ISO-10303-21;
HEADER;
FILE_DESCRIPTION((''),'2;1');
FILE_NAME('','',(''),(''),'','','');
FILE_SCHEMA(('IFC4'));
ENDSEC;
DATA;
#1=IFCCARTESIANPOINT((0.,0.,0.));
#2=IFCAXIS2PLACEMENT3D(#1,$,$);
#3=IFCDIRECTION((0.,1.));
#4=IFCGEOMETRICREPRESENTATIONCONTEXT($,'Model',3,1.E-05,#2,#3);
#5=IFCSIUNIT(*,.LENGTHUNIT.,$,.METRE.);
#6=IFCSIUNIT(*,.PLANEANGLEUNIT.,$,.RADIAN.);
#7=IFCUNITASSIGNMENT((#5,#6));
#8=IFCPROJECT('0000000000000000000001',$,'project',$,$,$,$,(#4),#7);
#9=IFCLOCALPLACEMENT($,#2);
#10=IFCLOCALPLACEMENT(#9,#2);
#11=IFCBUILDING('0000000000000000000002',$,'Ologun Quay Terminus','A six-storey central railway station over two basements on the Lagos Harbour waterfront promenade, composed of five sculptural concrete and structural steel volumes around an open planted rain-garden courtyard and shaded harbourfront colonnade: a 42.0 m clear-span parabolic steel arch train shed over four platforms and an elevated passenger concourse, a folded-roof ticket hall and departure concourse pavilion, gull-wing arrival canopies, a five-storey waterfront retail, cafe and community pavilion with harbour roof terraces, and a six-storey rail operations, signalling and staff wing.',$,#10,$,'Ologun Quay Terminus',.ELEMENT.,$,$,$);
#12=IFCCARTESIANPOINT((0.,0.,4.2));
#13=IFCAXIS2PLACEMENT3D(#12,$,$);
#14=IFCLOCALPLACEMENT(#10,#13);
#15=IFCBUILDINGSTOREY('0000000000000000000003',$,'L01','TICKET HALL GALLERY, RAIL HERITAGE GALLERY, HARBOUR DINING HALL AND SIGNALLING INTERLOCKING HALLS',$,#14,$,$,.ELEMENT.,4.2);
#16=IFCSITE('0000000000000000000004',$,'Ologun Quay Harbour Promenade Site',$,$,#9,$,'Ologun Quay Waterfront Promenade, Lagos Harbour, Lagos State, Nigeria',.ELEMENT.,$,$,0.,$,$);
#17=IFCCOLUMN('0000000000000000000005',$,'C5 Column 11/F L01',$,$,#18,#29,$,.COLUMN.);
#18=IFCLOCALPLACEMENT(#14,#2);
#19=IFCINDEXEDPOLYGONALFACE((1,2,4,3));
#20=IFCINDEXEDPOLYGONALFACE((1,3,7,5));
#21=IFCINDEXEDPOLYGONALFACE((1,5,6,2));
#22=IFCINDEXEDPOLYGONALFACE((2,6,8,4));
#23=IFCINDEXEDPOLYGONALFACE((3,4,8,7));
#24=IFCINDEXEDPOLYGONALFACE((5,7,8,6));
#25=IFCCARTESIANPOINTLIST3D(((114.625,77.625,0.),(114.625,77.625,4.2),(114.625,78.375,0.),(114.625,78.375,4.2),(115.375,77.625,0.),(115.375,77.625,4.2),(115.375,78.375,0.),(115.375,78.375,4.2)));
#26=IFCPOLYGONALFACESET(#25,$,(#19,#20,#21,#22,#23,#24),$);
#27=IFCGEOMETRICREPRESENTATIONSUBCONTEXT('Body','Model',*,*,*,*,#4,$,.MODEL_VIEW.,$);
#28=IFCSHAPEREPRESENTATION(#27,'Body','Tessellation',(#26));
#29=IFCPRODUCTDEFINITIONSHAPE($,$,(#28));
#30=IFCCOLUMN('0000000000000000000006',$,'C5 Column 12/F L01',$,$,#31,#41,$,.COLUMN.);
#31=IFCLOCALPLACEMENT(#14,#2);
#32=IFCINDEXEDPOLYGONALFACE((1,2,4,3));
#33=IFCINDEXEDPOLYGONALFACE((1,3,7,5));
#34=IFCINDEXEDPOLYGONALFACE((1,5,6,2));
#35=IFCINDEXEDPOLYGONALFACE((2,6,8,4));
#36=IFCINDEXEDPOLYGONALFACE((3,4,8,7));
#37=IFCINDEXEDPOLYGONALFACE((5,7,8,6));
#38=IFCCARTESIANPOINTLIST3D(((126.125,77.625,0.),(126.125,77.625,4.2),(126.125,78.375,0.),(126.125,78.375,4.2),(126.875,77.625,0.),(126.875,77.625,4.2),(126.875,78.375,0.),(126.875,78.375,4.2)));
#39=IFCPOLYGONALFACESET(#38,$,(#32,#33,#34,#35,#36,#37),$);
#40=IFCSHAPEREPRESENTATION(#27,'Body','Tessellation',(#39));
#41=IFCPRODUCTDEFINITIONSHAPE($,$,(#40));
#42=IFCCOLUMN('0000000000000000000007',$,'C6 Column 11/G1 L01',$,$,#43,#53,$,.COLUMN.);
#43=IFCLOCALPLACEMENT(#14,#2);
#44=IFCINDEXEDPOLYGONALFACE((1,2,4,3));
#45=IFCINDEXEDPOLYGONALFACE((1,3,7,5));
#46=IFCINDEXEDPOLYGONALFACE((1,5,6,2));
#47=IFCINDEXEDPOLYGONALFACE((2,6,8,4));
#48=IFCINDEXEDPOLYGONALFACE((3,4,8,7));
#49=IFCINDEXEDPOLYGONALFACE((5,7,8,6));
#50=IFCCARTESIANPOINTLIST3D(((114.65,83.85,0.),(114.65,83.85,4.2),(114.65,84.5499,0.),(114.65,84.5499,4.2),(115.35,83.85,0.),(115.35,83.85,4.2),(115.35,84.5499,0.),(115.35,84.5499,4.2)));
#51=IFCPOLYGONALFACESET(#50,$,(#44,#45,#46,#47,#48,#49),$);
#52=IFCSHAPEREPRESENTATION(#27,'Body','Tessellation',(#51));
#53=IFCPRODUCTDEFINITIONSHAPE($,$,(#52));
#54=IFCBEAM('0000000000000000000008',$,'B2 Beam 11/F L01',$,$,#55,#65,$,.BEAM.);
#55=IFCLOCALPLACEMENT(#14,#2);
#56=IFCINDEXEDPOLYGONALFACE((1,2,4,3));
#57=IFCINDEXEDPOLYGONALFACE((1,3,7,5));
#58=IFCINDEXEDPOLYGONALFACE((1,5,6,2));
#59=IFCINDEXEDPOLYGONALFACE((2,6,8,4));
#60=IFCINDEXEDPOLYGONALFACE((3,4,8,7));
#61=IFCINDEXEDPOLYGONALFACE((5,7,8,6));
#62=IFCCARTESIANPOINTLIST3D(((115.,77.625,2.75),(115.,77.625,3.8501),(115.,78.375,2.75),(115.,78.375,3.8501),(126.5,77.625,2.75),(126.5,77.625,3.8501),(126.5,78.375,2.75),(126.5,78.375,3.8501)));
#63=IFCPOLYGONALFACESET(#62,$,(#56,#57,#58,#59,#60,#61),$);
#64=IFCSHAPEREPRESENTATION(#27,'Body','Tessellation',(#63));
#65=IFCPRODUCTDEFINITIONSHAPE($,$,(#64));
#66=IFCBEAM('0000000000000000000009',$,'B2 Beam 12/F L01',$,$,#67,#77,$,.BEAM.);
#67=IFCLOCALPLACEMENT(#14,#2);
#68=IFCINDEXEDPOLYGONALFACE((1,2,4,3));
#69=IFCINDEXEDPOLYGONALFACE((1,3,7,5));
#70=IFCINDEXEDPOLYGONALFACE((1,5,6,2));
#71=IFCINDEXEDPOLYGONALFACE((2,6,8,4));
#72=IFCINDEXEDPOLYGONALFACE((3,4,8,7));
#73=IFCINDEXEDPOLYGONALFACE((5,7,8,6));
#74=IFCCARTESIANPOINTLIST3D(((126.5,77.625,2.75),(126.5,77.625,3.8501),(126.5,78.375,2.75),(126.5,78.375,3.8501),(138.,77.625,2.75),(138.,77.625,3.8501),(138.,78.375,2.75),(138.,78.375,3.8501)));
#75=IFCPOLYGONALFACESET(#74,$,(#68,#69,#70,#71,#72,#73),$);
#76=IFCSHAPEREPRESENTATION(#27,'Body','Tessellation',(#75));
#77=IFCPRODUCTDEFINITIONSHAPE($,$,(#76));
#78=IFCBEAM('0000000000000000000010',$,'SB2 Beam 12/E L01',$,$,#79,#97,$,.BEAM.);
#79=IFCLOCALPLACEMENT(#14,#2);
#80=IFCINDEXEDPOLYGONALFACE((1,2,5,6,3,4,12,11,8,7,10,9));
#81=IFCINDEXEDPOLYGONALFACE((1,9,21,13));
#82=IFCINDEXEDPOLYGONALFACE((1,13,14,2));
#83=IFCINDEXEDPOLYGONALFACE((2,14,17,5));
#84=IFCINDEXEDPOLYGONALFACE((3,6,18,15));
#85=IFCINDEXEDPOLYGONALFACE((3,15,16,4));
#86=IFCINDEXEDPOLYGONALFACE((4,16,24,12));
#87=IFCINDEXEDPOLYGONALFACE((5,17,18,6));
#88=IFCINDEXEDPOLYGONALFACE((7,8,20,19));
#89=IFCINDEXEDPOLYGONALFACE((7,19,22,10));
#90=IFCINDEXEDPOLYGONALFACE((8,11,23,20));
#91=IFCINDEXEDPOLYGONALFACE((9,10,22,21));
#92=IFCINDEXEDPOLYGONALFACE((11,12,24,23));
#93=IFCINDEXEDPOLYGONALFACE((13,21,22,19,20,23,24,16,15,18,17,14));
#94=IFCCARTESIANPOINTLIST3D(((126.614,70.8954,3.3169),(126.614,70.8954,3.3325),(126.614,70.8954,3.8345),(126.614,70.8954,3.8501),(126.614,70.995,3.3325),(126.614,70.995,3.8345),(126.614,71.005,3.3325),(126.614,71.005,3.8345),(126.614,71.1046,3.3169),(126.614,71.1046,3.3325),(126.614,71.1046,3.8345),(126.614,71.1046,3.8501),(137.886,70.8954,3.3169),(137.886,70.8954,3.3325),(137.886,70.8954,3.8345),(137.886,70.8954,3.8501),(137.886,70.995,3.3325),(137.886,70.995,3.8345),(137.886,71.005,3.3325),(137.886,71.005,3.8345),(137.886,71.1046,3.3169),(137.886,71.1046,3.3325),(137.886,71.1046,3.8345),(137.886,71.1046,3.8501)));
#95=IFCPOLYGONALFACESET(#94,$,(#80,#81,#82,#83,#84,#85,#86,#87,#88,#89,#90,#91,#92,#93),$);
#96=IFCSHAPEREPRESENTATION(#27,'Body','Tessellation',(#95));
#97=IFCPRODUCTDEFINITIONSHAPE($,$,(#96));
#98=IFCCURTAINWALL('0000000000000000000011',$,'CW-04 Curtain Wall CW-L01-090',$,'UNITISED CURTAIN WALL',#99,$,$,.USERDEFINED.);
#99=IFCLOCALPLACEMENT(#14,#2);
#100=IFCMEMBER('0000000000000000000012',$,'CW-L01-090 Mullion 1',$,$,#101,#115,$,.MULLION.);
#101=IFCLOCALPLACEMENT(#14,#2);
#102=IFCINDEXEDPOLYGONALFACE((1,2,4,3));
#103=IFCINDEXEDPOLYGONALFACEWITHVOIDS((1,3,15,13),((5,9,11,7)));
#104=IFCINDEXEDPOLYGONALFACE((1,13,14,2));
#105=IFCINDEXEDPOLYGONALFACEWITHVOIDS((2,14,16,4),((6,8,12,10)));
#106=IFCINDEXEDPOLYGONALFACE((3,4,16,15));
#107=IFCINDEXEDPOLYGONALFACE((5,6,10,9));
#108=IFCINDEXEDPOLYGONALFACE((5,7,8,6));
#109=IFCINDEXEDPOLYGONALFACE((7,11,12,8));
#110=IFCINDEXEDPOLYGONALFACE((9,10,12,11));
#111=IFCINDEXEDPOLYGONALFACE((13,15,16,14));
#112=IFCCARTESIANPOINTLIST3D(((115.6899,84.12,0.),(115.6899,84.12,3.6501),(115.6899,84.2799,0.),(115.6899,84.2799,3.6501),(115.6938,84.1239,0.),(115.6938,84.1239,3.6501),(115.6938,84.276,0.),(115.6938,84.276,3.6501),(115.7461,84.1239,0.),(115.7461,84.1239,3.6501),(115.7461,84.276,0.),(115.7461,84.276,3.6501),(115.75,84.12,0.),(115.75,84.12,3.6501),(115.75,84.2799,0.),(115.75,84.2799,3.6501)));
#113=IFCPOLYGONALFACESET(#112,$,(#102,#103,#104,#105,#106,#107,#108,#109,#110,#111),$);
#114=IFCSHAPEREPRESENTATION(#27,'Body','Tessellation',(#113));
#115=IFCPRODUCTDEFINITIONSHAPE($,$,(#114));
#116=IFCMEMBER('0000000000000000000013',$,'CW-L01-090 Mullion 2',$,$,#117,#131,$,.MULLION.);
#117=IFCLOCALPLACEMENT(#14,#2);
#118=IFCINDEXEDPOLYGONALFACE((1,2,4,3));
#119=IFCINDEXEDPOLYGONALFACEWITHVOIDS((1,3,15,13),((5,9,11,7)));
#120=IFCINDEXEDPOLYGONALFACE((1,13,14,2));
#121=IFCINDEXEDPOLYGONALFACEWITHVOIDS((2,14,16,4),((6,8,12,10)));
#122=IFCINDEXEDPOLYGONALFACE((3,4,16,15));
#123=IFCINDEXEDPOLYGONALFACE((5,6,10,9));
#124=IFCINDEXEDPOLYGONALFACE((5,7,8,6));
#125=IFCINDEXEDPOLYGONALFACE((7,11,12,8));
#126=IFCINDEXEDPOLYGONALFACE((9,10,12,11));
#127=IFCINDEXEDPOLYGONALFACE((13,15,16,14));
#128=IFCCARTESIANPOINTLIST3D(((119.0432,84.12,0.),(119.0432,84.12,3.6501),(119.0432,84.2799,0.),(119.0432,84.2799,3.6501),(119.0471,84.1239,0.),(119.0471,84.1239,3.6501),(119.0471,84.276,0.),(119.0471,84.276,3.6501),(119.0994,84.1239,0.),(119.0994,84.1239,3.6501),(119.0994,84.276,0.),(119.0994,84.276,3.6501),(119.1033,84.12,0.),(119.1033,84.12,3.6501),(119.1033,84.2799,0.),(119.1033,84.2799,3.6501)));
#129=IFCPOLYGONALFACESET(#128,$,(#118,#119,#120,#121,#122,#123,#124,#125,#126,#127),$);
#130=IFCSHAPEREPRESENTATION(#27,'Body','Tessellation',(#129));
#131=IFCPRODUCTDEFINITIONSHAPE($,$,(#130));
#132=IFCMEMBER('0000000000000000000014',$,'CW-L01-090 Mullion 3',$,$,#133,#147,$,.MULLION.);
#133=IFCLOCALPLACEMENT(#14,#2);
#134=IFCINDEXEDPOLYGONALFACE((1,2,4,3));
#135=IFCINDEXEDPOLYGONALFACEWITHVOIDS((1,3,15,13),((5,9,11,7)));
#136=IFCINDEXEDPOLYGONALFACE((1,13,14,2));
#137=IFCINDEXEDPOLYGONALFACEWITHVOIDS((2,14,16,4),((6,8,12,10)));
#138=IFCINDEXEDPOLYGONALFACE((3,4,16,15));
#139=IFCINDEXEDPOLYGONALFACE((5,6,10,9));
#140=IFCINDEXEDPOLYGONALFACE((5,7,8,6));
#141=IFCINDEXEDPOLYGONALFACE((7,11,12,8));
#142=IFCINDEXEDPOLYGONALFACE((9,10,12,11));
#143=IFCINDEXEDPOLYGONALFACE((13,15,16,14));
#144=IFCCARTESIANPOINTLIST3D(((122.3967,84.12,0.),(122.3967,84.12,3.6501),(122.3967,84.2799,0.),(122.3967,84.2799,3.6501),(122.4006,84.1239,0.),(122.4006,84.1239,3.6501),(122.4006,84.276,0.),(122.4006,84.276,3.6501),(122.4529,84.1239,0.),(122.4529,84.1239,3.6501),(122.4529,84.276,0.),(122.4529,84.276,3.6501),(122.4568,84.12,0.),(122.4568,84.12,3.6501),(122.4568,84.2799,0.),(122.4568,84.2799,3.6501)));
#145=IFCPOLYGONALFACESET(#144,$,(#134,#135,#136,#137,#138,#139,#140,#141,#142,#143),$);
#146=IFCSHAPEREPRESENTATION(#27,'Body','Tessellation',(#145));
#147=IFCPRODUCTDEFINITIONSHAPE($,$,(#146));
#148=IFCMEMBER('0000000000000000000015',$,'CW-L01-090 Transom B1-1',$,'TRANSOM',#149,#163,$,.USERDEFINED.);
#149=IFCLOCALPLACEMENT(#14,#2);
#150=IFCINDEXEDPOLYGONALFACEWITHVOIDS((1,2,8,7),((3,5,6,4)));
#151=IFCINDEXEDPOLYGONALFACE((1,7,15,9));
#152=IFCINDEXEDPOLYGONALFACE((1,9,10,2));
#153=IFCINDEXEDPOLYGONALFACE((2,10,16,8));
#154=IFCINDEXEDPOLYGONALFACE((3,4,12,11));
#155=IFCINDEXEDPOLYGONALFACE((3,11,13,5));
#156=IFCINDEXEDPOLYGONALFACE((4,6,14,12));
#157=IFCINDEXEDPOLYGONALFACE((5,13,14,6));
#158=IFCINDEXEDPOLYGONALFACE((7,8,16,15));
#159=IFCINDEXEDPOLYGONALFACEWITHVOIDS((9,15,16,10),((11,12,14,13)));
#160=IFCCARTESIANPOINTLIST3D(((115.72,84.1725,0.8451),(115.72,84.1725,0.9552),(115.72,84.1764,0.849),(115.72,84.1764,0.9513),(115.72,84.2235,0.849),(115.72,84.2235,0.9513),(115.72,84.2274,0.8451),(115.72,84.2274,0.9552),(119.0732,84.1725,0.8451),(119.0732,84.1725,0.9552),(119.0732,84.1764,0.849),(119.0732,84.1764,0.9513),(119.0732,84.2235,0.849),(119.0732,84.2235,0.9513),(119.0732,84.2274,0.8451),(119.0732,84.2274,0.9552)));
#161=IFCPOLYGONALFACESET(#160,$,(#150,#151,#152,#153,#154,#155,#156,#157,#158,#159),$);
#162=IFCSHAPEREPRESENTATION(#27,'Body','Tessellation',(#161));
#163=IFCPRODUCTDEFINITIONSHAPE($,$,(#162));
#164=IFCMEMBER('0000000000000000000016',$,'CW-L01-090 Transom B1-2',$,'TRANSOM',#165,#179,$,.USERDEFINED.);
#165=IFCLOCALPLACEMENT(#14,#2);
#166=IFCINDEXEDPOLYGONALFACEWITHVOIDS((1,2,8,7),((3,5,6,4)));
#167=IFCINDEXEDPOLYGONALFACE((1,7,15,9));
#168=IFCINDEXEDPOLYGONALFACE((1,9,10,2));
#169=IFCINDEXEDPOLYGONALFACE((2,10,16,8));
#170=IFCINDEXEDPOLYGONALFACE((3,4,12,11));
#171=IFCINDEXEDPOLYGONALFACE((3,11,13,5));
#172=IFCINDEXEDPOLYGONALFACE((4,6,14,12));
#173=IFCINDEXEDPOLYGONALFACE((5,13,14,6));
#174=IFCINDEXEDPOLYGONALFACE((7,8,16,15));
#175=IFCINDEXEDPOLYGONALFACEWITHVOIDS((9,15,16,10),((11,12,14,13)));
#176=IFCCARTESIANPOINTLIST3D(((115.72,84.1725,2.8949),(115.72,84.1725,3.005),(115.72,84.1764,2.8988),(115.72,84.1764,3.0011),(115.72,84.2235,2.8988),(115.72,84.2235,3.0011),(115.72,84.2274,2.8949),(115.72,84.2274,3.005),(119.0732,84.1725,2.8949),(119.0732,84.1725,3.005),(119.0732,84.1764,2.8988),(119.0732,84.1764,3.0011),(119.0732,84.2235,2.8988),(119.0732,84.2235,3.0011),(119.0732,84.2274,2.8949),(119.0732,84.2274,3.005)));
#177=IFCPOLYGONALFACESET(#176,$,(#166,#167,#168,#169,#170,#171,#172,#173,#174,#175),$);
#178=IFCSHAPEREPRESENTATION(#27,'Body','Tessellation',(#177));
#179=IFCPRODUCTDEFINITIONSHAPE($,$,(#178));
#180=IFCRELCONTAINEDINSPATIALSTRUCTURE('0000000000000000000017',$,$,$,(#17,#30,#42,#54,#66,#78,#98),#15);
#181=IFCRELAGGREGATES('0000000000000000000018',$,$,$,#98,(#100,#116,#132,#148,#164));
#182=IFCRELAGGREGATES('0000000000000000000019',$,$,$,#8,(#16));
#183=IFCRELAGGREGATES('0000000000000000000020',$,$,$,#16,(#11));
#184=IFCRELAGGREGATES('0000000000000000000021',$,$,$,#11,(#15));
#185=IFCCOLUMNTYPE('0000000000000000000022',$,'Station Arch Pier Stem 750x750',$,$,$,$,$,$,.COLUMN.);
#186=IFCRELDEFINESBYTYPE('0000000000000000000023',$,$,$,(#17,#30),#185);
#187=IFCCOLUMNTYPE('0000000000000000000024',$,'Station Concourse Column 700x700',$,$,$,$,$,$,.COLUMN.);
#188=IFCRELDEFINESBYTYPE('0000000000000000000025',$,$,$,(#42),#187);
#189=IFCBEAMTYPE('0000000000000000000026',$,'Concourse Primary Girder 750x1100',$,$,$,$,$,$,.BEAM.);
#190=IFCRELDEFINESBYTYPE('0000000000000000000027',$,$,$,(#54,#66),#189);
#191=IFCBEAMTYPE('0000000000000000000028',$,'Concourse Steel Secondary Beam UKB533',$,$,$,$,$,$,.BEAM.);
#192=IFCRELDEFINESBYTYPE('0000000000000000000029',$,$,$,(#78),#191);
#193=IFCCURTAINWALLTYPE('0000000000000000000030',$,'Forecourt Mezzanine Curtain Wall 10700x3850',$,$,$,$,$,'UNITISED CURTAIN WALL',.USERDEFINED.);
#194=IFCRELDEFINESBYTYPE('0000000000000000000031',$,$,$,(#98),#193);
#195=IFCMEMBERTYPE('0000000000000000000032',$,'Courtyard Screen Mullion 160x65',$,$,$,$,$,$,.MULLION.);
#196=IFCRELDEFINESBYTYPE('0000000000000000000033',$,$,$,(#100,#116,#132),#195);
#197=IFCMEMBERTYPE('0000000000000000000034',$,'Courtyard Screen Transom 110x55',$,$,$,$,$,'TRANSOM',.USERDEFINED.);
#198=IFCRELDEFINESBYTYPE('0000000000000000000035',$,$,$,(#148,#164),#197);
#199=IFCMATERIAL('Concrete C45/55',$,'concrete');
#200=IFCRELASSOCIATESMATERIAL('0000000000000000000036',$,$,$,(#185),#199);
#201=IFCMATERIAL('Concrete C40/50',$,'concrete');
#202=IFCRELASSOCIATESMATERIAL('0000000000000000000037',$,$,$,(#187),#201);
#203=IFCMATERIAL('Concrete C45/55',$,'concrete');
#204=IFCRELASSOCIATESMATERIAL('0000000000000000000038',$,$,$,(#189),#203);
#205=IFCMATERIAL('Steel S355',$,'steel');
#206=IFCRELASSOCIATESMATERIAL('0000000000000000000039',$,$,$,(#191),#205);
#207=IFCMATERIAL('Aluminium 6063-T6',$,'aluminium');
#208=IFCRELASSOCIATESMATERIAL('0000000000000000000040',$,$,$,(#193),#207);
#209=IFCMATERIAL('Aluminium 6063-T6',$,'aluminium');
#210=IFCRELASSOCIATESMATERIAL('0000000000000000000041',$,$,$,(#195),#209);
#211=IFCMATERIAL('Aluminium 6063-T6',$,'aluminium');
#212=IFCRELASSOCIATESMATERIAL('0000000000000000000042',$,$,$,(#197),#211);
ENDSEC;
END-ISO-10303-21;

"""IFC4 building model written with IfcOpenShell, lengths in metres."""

from ifc_helpers import new_model, si_unit, direction, frame, origin, origin_2d, place, context, subcontext, project, spatial, rectangle, hollow_rectangle, i_section, extrude, material, material_profile, profile_set, type_object, element, aggregate, save


model = new_model("IFC4")

# Units and contexts
model_context = context("Model", 3, precision=1e-05, world=origin(), true_north=direction((0.0, 1.0)))
body_context = subcontext(model_context, "Body", "Model", "MODEL_VIEW")
ifc_project = project(units=[si_unit("LENGTHUNIT", "METRE"), si_unit("PLANEANGLEUNIT", "RADIAN")], contexts=[model_context])

# Site, building, storey
site_placement = place(None, origin())
site = spatial("IfcSite", under=ifc_project, at=site_placement, Name="Ologun Quay Harbour Promenade Site", LongName="Ologun Quay Waterfront Promenade, Lagos Harbour, Lagos State, Nigeria", CompositionType="ELEMENT", RefElevation=0.0)
building_placement = place(site_placement, origin())
building = spatial("IfcBuilding", under=site, at=building_placement, Name="Ologun Quay Terminus", Description="A six-storey central railway station over two basements on the Lagos Harbour waterfront promenade, composed of five sculptural concrete and structural steel volumes around an open planted rain-garden courtyard and shaded harbourfront colonnade: a 42.0 m clear-span parabolic steel arch train shed over four platforms and an elevated passenger concourse, a folded-roof ticket hall and departure concourse pavilion, gull-wing arrival canopies, a five-storey waterfront retail, cafe and community pavilion with harbour roof terraces, and a six-storey rail operations, signalling and staff wing.", LongName="Ologun Quay Terminus", CompositionType="ELEMENT")
storey_placement = place(building_placement, frame((0.0, 0.0, 4.2)))
storey = spatial("IfcBuildingStorey", under=building, at=storey_placement, Name="L01", Description="TICKET HALL GALLERY, RAIL HERITAGE GALLERY, HARBOUR DINING HALL AND SIGNALLING INTERLOCKING HALLS", CompositionType="ELEMENT", Elevation=4.2)

# Columns
ifc_material_1 = material(Name="Concrete C45/55", Category="concrete")
ifc_material_profile_1 = material_profile(ifc_material_1, rectangle(XDim=0.75, YDim=0.75, at=origin_2d()), Name="RC 750x750")
ifc_profile_set_1 = profile_set([ifc_material_profile_1], Name="Concrete C45/55")
column_type_1 = type_object("IfcColumnType", Name="Station Arch Pier Stem 750x750", PredefinedType="COLUMN", material=ifc_profile_set_1)
for number, where, z_axis, x_axis, name in (
    (1, (115.0, 78.0, 0.0), (0.0, 0.0, 1.0), (1.0, 0.0, 0.0), "C5 Column 11/F L01"),
    (2, (126.5, 78.0, 0.0), (0.0, 0.0, 1.0), (1.0, 0.0, 0.0), "C5 Column 12/F L01"),
):
    element("IfcColumn", number, at=place(storey_placement, frame(where, z_axis=z_axis, x_axis=x_axis)), inside=storey, type_object=column_type_1, Name=name, PredefinedType="COLUMN", context=body_context, shape_type="SweptSolid", body=[
        extrude(rectangle(XDim=0.75, YDim=0.75, at=origin_2d()), origin(), (0.0, 0.0, 1.0), 4.2),
    ])
ifc_material_2 = material(Name="Concrete C40/50", Category="concrete")
ifc_material_profile_2 = material_profile(ifc_material_2, rectangle(XDim=0.7, YDim=0.7, at=origin_2d()), Name="RC 700x700")
ifc_profile_set_2 = profile_set([ifc_material_profile_2], Name="Concrete C40/50")
column_type_2 = type_object("IfcColumnType", Name="Station Concourse Column 700x700", PredefinedType="COLUMN", material=ifc_profile_set_2)
column_placement = place(storey_placement, frame((115.0, 84.2, 0.0), z_axis=(0.0, 0.0, 1.0), x_axis=(1.0, 0.0, 0.0)))
element("IfcColumn", 3, at=column_placement, inside=storey, type_object=column_type_2, Name="C6 Column 11/G1 L01", PredefinedType="COLUMN", context=body_context, shape_type="SweptSolid", body=[
    extrude(rectangle(XDim=0.7, YDim=0.7, at=origin_2d()), origin(), (0.0, 0.0, 1.0), 4.2),
])

# Beams
ifc_material_3 = material(Name="Concrete C45/55", Category="concrete")
ifc_material_profile_3 = material_profile(ifc_material_3, rectangle(XDim=0.75, YDim=1.1001, at=origin_2d()), Name="RC 750x1100")
ifc_profile_set_3 = profile_set([ifc_material_profile_3], Name="Concrete C45/55")
beam_type_1 = type_object("IfcBeamType", Name="Concourse Primary Girder 750x1100", PredefinedType="BEAM", material=ifc_profile_set_3)
for number, where, z_axis, x_axis, name in (
    (4, (115.0, 78.0, 3.3), (1.0, 0.0, 0.0), (0.0, 1.0, 0.0), "B2 Beam 11/F L01"),
    (5, (126.5, 78.0, 3.3), (1.0, 0.0, 0.0), (0.0, 1.0, 0.0), "B2 Beam 12/F L01"),
):
    element("IfcBeam", number, at=place(storey_placement, frame(where, z_axis=z_axis, x_axis=x_axis)), inside=storey, type_object=beam_type_1, Name=name, PredefinedType="BEAM", context=body_context, shape_type="SweptSolid", body=[
        extrude(rectangle(XDim=0.75, YDim=1.1001, at=origin_2d()), origin(), (0.0, 0.0, 1.0), 11.5),
    ])
ifc_material_4 = material(Name="Steel S355", Category="steel")
ifc_material_profile_4 = material_profile(ifc_material_4, i_section(OverallWidth=0.2092, OverallDepth=0.5332, WebThickness=0.01, FlangeThickness=0.0156, at=origin_2d()), Name="UKB 533x210x92")
ifc_profile_set_4 = profile_set([ifc_material_profile_4], Name="Steel S355")
beam_type_2 = type_object("IfcBeamType", Name="Concourse Steel Secondary Beam UKB533", PredefinedType="BEAM", material=ifc_profile_set_4)
beam_1_placement = place(storey_placement, frame((126.614, 71.0, 3.5835), z_axis=(1.0, 0.0, 0.0), x_axis=(0.0, 1.0, 0.0)))
element("IfcBeam", 6, at=beam_1_placement, inside=storey, type_object=beam_type_2, Name="SB2 Beam 12/E L01", PredefinedType="BEAM", context=body_context, shape_type="SweptSolid", body=[
    extrude(i_section(OverallWidth=0.2092, OverallDepth=0.5332, WebThickness=0.01, FlangeThickness=0.0156, at=origin_2d()), origin(), (0.0, 0.0, 1.0), 11.272),
])

# Curtain wall, members
ifc_material_5 = material(Name="Aluminium 6063-T6", Category="aluminium")
curtain_wall_type = type_object("IfcCurtainWallType", Name="Forecourt Mezzanine Curtain Wall 10700x3850", ElementType="UNITISED CURTAIN WALL", PredefinedType="USERDEFINED", material=ifc_material_5)
curtain_wall_placement = place(storey_placement, origin())
curtain_wall = element("IfcCurtainWall", 7, at=curtain_wall_placement, inside=storey, type_object=curtain_wall_type, Name="CW-04 Curtain Wall CW-L01-090", ObjectType="UNITISED CURTAIN WALL", PredefinedType="USERDEFINED")
ifc_material_6 = material(Name="Aluminium 6063-T6", Category="aluminium")
ifc_material_profile_5 = material_profile(ifc_material_6, hollow_rectangle(XDim=0.0601, YDim=0.1599, WallThickness=0.0039, at=origin_2d()), Name="ALU 160x60x4")
ifc_profile_set_5 = profile_set([ifc_material_profile_5], Name="Aluminium 6063-T6")
member_type_1 = type_object("IfcMemberType", Name="Courtyard Screen Mullion 160x65", PredefinedType="MULLION", material=ifc_profile_set_5)
member_1_placement = place(storey_placement, frame((115.72, 84.2, 0.0), z_axis=(0.0, 0.0, 1.0), x_axis=(1.0, 0.0, 0.0)))
member_1 = element("IfcMember", 8, at=member_1_placement, type_object=member_type_1, Name="CW-L01-090 Mullion 1", PredefinedType="MULLION", context=body_context, shape_type="SweptSolid", body=[
    extrude(hollow_rectangle(XDim=0.0601, YDim=0.1599, WallThickness=0.0039, at=origin_2d()), origin(), (0.0, 0.0, 1.0), 3.6501),
])
member_2_placement = place(storey_placement, frame((119.0732, 84.2, 0.0), z_axis=(0.0, 0.0, 1.0), x_axis=(1.0, 0.0, 0.0)))
member_2 = element("IfcMember", 9, at=member_2_placement, type_object=member_type_1, Name="CW-L01-090 Mullion 2", PredefinedType="MULLION", context=body_context, shape_type="SweptSolid", body=[
    extrude(hollow_rectangle(XDim=0.0601, YDim=0.1599, WallThickness=0.0039, at=origin_2d()), origin(), (0.0, 0.0, 1.0), 3.6501),
])
member_3_placement = place(storey_placement, frame((122.4268, 84.2, 0.0), z_axis=(0.0, 0.0, 1.0), x_axis=(1.0, 0.0, 0.0)))
member_3 = element("IfcMember", 10, at=member_3_placement, type_object=member_type_1, Name="CW-L01-090 Mullion 3", PredefinedType="MULLION", context=body_context, shape_type="SweptSolid", body=[
    extrude(hollow_rectangle(XDim=0.0601, YDim=0.1599, WallThickness=0.0039, at=origin_2d()), origin(), (0.0, 0.0, 1.0), 3.6501),
])
ifc_material_7 = material(Name="Aluminium 6063-T6", Category="aluminium")
ifc_material_profile_6 = material_profile(ifc_material_7, hollow_rectangle(XDim=0.0549, YDim=0.1101, WallThickness=0.0039, at=origin_2d()), Name="ALU 110x55x4")
ifc_profile_set_6 = profile_set([ifc_material_profile_6], Name="Aluminium 6063-T6")
member_type_2 = type_object("IfcMemberType", Name="Courtyard Screen Transom 110x55", ElementType="TRANSOM", PredefinedType="USERDEFINED", material=ifc_profile_set_6)
member_4_placement = place(storey_placement, frame((115.72, 84.2, 0.9001), z_axis=(1.0, 0.0, 0.0), x_axis=(0.0, 1.0, 0.0)))
member_4 = element("IfcMember", 11, at=member_4_placement, type_object=member_type_2, Name="CW-L01-090 Transom B1-1", ObjectType="TRANSOM", PredefinedType="USERDEFINED", context=body_context, shape_type="SweptSolid", body=[
    extrude(hollow_rectangle(XDim=0.0549, YDim=0.1101, WallThickness=0.0039, at=origin_2d()), origin(), (0.0, 0.0, 1.0), 3.3533),
])
member_5_placement = place(storey_placement, frame((115.72, 84.2, 2.95), z_axis=(1.0, 0.0, 0.0), x_axis=(0.0, 1.0, 0.0)))
member_5 = element("IfcMember", 12, at=member_5_placement, type_object=member_type_2, Name="CW-L01-090 Transom B1-2", ObjectType="TRANSOM", PredefinedType="USERDEFINED", context=body_context, shape_type="SweptSolid", body=[
    extrude(hollow_rectangle(XDim=0.0549, YDim=0.1101, WallThickness=0.0039, at=origin_2d()), origin(), (0.0, 0.0, 1.0), 3.3533),
])

aggregate(curtain_wall, [member_1, member_2, member_3, member_4, member_5])

save(model, "model.ifc")
